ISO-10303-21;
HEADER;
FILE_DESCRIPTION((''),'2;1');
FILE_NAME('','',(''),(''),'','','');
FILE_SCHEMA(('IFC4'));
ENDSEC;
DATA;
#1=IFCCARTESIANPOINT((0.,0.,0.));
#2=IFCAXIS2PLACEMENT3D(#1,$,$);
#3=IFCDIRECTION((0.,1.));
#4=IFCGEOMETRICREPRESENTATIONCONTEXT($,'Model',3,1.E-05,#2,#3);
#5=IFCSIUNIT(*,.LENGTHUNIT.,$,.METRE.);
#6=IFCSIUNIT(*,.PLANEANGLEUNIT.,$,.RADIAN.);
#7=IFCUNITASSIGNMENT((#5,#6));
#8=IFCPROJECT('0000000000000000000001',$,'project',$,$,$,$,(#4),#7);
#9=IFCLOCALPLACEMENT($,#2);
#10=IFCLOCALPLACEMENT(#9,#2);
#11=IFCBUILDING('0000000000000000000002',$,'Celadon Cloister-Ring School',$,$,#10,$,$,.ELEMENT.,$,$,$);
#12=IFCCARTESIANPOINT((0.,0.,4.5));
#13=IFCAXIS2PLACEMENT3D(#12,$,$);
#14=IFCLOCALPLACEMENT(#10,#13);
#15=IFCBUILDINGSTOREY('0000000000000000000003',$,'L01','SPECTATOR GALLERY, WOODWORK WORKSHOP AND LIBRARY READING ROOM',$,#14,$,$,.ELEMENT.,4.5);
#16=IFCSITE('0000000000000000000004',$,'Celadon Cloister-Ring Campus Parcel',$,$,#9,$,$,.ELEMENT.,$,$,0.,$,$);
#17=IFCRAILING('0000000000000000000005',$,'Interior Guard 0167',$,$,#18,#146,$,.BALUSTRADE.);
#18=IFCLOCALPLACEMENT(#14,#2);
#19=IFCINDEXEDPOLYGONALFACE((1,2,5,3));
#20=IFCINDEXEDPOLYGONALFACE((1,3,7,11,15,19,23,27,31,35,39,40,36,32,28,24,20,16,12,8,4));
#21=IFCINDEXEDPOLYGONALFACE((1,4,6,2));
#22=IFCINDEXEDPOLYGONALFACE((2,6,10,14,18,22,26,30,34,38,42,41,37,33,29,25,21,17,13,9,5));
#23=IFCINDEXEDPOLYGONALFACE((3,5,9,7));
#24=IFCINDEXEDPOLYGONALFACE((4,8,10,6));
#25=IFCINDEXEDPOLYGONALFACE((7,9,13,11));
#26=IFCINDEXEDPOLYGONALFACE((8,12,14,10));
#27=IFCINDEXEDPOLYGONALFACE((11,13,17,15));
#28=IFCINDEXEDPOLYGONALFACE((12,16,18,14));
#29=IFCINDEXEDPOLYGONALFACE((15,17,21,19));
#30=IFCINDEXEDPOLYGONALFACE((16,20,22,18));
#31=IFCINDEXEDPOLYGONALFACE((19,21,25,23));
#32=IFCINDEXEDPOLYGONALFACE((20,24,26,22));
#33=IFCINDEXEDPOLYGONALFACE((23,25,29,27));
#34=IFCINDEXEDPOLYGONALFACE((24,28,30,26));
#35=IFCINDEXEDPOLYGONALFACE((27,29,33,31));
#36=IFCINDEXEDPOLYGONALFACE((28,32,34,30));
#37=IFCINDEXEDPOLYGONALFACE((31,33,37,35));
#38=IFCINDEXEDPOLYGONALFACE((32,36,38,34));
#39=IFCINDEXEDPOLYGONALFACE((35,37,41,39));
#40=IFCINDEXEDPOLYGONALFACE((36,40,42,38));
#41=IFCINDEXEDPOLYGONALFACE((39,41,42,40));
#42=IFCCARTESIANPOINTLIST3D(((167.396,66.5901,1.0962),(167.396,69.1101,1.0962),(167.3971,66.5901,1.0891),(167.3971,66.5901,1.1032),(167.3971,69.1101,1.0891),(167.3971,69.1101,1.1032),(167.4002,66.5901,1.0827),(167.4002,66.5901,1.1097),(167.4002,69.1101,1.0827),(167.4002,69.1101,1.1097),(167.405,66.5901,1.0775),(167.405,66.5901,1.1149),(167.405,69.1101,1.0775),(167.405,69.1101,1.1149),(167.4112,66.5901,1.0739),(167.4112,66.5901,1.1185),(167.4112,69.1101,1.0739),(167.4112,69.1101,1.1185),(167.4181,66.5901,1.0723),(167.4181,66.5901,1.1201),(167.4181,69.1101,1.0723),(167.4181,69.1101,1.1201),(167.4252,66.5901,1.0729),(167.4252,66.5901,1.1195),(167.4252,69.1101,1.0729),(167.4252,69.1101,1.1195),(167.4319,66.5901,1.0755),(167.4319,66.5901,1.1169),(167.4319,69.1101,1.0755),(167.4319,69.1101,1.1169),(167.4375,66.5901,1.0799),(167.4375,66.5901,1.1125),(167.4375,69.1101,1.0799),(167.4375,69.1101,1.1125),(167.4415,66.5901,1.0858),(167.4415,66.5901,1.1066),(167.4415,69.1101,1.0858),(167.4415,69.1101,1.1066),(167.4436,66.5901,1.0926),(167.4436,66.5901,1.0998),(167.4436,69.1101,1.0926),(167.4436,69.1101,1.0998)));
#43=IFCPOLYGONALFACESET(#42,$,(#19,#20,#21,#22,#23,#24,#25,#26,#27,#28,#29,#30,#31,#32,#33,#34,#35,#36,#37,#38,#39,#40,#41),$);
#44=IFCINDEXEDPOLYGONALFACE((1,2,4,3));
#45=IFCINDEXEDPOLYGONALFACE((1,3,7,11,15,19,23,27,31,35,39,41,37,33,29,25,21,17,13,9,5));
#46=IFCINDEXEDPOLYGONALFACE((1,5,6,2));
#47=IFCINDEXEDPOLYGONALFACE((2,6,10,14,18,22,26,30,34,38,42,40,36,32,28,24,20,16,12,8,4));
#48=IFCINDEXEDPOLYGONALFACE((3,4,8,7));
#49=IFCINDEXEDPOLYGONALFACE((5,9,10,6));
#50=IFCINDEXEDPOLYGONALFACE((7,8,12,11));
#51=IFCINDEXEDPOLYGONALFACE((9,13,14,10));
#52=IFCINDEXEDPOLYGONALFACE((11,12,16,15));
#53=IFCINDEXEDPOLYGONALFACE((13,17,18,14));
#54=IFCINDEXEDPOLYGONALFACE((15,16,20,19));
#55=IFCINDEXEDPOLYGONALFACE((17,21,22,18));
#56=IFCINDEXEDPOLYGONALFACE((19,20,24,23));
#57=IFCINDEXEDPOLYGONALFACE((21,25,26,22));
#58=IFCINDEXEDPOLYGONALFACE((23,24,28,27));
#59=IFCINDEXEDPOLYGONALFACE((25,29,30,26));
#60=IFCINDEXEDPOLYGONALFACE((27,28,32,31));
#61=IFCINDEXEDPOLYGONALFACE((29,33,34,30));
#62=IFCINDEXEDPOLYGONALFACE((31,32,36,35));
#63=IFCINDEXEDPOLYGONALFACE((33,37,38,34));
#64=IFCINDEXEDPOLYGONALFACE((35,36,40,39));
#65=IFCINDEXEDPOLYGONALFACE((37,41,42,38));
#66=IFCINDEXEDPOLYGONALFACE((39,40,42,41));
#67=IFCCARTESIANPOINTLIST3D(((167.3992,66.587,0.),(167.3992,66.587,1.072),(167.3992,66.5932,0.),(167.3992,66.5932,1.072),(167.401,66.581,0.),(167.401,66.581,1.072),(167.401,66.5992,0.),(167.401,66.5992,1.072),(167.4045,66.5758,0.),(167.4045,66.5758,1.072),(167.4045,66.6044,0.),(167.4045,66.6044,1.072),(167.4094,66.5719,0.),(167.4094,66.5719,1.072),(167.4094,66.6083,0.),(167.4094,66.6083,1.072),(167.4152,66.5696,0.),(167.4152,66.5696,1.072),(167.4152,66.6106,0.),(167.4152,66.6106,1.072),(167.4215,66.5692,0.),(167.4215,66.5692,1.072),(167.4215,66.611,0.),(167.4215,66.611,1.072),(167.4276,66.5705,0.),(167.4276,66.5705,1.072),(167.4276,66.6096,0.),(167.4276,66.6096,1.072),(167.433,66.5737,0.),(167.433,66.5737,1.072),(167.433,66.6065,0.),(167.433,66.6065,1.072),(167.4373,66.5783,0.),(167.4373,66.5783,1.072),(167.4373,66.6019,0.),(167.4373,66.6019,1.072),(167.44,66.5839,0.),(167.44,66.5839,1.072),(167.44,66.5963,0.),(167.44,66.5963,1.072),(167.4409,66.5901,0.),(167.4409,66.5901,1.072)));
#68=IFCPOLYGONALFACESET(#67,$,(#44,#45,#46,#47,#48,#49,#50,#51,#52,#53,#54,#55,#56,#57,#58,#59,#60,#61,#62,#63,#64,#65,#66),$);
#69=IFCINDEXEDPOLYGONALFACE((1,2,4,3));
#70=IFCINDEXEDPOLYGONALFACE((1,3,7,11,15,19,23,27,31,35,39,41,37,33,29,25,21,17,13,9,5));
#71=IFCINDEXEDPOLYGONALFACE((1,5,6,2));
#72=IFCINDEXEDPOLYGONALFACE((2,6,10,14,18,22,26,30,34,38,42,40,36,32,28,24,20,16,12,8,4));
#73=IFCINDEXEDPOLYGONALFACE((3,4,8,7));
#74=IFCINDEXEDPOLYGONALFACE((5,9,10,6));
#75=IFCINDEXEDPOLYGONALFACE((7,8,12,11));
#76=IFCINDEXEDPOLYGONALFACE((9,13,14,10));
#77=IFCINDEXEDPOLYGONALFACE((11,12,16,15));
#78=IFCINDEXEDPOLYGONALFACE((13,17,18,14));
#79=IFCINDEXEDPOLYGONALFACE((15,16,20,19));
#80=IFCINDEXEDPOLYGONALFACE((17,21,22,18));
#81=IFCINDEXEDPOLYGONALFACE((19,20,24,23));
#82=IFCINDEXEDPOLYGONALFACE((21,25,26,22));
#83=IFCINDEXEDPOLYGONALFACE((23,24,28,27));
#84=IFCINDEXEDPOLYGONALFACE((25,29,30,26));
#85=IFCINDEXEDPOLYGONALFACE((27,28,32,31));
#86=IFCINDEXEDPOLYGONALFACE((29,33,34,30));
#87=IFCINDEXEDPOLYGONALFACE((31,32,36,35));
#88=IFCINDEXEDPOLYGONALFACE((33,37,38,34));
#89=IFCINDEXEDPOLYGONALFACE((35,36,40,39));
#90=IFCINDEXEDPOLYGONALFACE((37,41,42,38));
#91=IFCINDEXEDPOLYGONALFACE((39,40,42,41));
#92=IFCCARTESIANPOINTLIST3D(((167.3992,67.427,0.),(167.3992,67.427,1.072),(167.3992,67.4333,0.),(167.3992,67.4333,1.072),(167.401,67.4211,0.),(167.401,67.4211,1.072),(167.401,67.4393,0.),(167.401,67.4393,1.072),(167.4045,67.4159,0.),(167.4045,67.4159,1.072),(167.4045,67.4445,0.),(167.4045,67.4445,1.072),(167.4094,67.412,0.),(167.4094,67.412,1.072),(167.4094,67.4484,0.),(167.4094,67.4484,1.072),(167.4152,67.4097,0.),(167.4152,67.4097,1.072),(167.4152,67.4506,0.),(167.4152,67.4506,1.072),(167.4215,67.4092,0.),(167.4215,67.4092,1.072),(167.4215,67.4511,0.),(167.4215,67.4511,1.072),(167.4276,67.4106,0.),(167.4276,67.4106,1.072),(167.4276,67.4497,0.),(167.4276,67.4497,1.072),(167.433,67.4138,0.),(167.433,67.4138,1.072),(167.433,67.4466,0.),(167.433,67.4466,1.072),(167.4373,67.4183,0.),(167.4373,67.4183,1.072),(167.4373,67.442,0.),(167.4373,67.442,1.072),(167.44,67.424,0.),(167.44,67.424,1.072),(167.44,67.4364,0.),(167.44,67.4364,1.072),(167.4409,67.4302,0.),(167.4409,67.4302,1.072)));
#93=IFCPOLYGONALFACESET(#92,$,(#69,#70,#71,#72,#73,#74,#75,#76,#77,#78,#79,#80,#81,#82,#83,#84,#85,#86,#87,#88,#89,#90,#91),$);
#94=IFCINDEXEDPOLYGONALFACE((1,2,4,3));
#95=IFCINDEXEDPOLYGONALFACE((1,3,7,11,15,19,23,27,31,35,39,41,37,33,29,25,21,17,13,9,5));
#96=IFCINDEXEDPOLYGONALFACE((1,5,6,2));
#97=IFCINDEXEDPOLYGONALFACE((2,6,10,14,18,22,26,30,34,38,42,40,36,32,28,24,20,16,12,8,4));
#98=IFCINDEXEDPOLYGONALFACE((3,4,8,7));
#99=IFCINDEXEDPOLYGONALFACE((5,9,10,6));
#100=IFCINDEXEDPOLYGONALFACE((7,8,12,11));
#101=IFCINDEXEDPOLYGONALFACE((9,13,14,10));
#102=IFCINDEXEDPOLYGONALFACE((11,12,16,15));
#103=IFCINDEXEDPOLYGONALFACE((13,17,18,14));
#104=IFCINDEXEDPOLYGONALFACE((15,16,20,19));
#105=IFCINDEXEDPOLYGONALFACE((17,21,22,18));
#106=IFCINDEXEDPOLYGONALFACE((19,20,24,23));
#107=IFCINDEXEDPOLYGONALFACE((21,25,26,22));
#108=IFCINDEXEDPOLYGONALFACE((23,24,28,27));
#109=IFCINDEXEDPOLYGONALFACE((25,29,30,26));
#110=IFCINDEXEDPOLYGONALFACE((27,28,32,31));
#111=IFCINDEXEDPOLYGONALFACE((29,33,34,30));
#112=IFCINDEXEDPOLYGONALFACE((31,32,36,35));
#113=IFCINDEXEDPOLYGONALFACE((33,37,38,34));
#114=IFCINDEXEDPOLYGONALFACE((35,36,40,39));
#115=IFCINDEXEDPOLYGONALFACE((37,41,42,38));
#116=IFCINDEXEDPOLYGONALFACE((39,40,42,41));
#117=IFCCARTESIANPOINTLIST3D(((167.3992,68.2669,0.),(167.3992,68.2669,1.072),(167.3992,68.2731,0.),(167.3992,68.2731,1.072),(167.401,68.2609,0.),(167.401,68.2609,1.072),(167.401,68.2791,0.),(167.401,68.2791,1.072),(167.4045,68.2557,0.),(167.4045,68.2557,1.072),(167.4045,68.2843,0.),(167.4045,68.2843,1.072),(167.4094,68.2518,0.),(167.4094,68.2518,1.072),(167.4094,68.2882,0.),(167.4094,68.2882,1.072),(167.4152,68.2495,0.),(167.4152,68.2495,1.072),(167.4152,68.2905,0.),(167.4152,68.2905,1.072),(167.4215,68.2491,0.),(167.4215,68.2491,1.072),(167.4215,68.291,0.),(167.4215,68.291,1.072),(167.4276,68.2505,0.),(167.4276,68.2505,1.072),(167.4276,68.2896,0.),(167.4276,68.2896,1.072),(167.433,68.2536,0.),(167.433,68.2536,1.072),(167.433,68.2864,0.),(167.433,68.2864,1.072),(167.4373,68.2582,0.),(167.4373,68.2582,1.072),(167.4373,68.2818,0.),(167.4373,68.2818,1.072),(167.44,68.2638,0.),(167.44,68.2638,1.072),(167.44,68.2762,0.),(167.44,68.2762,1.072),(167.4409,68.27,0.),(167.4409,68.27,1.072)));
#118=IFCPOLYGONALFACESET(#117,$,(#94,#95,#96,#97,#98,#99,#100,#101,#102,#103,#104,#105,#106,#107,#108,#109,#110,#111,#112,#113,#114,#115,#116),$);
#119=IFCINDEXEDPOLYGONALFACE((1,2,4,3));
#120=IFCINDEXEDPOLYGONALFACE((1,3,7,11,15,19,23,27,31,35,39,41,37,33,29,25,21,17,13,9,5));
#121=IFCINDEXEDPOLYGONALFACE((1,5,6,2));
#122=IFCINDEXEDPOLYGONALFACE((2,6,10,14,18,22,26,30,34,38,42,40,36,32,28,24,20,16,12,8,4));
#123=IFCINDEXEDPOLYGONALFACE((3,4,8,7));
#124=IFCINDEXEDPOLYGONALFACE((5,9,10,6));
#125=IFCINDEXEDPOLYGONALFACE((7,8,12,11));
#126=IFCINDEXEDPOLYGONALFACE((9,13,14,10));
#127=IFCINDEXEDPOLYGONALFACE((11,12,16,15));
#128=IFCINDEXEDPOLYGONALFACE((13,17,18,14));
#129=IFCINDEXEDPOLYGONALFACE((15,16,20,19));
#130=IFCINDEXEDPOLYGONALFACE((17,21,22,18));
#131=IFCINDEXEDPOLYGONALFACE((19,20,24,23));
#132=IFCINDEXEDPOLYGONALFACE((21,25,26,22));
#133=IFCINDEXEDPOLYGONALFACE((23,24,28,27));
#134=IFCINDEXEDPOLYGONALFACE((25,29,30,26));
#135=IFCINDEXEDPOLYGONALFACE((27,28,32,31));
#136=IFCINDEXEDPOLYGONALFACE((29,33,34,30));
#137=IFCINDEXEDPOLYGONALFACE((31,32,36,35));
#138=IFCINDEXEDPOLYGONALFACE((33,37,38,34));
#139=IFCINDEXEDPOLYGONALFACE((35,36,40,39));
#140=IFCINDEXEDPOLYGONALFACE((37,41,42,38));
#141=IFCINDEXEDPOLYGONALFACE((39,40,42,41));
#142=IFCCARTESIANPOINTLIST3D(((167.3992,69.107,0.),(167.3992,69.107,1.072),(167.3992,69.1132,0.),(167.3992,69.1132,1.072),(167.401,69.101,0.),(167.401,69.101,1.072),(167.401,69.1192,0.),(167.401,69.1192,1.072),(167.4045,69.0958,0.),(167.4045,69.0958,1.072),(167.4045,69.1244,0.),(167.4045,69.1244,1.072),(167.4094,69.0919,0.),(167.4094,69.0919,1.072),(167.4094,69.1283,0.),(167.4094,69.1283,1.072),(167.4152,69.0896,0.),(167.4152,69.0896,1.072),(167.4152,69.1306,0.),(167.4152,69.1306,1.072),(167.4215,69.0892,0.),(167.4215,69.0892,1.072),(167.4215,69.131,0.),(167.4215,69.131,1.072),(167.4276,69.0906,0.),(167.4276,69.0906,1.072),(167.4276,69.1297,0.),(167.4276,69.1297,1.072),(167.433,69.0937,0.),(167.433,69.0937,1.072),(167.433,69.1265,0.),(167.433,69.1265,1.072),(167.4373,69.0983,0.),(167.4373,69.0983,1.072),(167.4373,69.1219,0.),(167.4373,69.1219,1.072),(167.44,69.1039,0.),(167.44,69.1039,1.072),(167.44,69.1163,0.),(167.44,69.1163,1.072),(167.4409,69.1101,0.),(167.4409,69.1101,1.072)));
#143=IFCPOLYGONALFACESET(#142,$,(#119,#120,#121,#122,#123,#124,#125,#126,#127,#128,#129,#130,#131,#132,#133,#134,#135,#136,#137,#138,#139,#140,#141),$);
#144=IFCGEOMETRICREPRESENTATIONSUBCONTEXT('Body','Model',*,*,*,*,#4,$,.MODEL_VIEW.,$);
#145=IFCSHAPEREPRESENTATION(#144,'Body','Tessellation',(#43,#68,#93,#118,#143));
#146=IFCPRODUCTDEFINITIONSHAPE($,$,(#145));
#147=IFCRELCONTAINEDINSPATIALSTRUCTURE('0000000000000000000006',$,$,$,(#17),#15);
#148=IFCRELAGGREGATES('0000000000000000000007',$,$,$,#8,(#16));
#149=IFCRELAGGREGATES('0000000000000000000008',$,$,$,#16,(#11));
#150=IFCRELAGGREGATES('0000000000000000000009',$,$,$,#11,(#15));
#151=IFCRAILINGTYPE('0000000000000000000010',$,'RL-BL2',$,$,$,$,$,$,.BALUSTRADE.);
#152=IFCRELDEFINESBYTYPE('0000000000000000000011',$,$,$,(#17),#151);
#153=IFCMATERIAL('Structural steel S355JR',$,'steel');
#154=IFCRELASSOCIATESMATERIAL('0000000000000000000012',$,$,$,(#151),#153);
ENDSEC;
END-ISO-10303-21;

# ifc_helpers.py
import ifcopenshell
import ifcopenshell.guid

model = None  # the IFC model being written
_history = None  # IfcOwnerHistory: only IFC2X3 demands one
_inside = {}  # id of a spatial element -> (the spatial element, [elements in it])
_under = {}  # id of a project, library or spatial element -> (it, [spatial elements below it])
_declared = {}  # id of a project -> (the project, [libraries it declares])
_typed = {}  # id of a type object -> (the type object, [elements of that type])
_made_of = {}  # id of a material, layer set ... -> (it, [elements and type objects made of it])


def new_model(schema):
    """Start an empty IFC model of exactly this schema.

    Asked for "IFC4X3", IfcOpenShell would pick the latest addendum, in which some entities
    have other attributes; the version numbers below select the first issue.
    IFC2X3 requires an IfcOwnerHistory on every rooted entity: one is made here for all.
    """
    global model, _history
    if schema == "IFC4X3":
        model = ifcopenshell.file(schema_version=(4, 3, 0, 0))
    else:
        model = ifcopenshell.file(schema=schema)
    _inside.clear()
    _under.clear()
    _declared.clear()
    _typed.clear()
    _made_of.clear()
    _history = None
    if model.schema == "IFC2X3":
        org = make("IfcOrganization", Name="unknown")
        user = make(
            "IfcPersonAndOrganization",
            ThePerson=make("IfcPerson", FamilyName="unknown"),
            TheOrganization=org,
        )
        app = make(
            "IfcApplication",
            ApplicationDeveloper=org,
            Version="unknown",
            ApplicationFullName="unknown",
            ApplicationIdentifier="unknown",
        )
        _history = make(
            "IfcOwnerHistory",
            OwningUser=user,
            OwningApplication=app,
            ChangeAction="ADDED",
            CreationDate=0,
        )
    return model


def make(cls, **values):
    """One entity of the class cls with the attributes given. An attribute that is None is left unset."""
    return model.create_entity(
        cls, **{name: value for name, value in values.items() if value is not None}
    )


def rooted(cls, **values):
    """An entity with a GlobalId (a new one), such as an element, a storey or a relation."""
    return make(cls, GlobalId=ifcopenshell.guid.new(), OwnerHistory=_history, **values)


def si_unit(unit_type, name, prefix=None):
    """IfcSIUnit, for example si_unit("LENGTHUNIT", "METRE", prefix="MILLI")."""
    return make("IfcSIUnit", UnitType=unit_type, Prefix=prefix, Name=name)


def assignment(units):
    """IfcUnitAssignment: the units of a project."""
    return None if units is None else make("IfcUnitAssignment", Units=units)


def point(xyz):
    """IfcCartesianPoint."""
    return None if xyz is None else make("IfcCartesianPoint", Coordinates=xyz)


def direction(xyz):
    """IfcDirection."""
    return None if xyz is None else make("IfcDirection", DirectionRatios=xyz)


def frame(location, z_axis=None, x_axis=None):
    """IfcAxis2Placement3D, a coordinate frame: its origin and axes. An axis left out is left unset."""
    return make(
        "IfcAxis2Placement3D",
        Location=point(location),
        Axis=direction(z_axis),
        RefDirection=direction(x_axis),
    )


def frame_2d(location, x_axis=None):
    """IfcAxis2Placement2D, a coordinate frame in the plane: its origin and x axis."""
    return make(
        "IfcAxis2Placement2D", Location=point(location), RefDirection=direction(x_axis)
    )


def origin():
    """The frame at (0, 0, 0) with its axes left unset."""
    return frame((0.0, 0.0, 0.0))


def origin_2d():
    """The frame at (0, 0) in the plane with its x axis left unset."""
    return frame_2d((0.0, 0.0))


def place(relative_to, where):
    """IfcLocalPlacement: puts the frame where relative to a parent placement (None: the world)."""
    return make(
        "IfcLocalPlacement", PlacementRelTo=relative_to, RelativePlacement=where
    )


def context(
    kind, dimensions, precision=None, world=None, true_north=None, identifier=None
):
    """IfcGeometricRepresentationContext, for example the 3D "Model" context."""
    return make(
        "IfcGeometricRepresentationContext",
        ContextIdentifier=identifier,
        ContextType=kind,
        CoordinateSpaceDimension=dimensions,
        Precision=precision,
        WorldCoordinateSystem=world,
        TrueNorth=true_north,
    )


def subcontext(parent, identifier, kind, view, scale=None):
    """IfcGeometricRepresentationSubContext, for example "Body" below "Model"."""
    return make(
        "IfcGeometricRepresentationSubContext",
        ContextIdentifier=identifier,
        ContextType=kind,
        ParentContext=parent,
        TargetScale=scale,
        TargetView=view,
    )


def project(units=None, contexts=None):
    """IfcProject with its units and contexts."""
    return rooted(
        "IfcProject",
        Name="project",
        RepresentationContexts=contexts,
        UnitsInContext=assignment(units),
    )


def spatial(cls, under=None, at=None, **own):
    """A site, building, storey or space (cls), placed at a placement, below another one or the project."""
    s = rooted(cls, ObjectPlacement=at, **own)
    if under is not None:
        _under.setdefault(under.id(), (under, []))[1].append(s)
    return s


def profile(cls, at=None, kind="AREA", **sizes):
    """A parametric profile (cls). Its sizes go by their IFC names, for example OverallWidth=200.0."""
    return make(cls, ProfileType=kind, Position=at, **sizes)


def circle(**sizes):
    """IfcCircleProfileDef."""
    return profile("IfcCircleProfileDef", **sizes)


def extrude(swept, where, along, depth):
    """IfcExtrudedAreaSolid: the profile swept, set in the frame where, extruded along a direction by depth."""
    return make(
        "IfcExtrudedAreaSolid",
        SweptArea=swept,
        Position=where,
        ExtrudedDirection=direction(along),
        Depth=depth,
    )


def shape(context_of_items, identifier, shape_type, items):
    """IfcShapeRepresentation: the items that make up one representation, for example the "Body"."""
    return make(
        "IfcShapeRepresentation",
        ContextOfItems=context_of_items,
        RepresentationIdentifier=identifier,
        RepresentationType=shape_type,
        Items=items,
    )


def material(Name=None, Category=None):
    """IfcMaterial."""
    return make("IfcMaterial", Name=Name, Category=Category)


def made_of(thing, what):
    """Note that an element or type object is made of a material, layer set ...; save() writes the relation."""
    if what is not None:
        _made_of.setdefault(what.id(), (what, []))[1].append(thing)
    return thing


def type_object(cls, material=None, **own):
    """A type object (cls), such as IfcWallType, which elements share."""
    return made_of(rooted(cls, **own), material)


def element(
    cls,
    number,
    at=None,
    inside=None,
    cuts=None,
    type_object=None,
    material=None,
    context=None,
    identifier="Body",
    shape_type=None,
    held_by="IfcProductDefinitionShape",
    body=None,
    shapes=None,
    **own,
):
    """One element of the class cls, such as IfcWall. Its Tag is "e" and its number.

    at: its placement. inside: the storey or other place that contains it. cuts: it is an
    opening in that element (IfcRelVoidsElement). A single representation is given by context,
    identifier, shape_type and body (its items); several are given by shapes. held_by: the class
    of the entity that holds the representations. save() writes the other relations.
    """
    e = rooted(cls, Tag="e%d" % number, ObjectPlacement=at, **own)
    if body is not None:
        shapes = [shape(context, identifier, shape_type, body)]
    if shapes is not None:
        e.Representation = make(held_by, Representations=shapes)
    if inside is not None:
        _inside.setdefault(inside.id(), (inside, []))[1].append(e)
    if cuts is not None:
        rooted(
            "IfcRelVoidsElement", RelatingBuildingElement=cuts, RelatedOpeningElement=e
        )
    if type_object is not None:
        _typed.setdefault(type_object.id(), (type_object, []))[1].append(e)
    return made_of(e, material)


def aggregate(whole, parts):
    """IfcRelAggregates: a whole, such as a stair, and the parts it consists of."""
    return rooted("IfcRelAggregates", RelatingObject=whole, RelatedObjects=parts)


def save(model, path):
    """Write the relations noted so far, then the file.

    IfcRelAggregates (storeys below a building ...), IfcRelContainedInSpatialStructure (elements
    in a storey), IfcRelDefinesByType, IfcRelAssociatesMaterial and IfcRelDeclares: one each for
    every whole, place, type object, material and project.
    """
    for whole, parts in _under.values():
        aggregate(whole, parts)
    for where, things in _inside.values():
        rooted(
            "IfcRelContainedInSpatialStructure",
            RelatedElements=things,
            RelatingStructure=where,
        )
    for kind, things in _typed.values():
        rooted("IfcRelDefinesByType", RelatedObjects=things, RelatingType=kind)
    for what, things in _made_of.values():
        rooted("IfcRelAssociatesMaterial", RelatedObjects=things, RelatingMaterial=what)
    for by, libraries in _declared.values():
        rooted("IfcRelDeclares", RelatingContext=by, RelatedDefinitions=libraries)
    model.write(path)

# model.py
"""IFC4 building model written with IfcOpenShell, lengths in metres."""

from ifc_helpers import new_model, si_unit, direction, frame, origin, origin_2d, place, context, subcontext, project, spatial, circle, extrude, material, type_object, element, save


model = new_model("IFC4")

# Units and contexts
model_context = context("Model", 3, precision=1e-05, world=origin(), true_north=direction((0.0, 1.0)))
body_context = subcontext(model_context, "Body", "Model", "MODEL_VIEW")
ifc_project = project(units=[si_unit("LENGTHUNIT", "METRE"), si_unit("PLANEANGLEUNIT", "RADIAN")], contexts=[model_context])

# Site, building, storey
site_placement = place(None, origin())
site = spatial("IfcSite", under=ifc_project, at=site_placement, Name="Celadon Cloister-Ring Campus Parcel", CompositionType="ELEMENT", RefElevation=0.0)
building_placement = place(site_placement, origin())
building = spatial("IfcBuilding", under=site, at=building_placement, Name="Celadon Cloister-Ring School", CompositionType="ELEMENT")
storey_placement = place(building_placement, frame((0.0, 0.0, 4.5)))
storey = spatial("IfcBuildingStorey", under=building, at=storey_placement, Name="L01", Description="SPECTATOR GALLERY, WOODWORK WORKSHOP AND LIBRARY READING ROOM", CompositionType="ELEMENT", Elevation=4.5)

# Railing
ifc_material_1 = material(Name="Structural steel S355JR", Category="steel")
railing_type_1 = type_object("IfcRailingType", Name="RL-BL2", PredefinedType="BALUSTRADE", material=ifc_material_1)
railing_1_placement = place(storey_placement, frame((167.4199, 66.5901, 0.0)))
element("IfcRailing", 1, at=railing_1_placement, inside=storey, type_object=railing_type_1, Name="Interior Guard 0167", PredefinedType="BALUSTRADE", context=body_context, shape_type="SweptSolid", body=[
    extrude(circle(Radius=0.0239, at=origin_2d()), frame((0.0, 0.0, 1.0962), z_axis=(0.0, 1.0, 0.0), x_axis=(-1.0, 0.0, 0.0)), (0.0, 0.0, 1.0), 2.52),
    extrude(circle(Radius=0.021, at=origin_2d()), origin(), (0.0, 0.0, 1.0), 1.072),
    extrude(circle(Radius=0.021, at=origin_2d()), frame((0.0, 0.8401, 0.0)), (0.0, 0.0, 1.0), 1.072),
    extrude(circle(Radius=0.021, at=origin_2d()), frame((0.0, 1.6799, 0.0)), (0.0, 0.0, 1.0), 1.072),
    extrude(circle(Radius=0.021, at=origin_2d()), frame((0.0, 2.52, 0.0)), (0.0, 0.0, 1.0), 1.072),
])

save(model, "model.ifc")
